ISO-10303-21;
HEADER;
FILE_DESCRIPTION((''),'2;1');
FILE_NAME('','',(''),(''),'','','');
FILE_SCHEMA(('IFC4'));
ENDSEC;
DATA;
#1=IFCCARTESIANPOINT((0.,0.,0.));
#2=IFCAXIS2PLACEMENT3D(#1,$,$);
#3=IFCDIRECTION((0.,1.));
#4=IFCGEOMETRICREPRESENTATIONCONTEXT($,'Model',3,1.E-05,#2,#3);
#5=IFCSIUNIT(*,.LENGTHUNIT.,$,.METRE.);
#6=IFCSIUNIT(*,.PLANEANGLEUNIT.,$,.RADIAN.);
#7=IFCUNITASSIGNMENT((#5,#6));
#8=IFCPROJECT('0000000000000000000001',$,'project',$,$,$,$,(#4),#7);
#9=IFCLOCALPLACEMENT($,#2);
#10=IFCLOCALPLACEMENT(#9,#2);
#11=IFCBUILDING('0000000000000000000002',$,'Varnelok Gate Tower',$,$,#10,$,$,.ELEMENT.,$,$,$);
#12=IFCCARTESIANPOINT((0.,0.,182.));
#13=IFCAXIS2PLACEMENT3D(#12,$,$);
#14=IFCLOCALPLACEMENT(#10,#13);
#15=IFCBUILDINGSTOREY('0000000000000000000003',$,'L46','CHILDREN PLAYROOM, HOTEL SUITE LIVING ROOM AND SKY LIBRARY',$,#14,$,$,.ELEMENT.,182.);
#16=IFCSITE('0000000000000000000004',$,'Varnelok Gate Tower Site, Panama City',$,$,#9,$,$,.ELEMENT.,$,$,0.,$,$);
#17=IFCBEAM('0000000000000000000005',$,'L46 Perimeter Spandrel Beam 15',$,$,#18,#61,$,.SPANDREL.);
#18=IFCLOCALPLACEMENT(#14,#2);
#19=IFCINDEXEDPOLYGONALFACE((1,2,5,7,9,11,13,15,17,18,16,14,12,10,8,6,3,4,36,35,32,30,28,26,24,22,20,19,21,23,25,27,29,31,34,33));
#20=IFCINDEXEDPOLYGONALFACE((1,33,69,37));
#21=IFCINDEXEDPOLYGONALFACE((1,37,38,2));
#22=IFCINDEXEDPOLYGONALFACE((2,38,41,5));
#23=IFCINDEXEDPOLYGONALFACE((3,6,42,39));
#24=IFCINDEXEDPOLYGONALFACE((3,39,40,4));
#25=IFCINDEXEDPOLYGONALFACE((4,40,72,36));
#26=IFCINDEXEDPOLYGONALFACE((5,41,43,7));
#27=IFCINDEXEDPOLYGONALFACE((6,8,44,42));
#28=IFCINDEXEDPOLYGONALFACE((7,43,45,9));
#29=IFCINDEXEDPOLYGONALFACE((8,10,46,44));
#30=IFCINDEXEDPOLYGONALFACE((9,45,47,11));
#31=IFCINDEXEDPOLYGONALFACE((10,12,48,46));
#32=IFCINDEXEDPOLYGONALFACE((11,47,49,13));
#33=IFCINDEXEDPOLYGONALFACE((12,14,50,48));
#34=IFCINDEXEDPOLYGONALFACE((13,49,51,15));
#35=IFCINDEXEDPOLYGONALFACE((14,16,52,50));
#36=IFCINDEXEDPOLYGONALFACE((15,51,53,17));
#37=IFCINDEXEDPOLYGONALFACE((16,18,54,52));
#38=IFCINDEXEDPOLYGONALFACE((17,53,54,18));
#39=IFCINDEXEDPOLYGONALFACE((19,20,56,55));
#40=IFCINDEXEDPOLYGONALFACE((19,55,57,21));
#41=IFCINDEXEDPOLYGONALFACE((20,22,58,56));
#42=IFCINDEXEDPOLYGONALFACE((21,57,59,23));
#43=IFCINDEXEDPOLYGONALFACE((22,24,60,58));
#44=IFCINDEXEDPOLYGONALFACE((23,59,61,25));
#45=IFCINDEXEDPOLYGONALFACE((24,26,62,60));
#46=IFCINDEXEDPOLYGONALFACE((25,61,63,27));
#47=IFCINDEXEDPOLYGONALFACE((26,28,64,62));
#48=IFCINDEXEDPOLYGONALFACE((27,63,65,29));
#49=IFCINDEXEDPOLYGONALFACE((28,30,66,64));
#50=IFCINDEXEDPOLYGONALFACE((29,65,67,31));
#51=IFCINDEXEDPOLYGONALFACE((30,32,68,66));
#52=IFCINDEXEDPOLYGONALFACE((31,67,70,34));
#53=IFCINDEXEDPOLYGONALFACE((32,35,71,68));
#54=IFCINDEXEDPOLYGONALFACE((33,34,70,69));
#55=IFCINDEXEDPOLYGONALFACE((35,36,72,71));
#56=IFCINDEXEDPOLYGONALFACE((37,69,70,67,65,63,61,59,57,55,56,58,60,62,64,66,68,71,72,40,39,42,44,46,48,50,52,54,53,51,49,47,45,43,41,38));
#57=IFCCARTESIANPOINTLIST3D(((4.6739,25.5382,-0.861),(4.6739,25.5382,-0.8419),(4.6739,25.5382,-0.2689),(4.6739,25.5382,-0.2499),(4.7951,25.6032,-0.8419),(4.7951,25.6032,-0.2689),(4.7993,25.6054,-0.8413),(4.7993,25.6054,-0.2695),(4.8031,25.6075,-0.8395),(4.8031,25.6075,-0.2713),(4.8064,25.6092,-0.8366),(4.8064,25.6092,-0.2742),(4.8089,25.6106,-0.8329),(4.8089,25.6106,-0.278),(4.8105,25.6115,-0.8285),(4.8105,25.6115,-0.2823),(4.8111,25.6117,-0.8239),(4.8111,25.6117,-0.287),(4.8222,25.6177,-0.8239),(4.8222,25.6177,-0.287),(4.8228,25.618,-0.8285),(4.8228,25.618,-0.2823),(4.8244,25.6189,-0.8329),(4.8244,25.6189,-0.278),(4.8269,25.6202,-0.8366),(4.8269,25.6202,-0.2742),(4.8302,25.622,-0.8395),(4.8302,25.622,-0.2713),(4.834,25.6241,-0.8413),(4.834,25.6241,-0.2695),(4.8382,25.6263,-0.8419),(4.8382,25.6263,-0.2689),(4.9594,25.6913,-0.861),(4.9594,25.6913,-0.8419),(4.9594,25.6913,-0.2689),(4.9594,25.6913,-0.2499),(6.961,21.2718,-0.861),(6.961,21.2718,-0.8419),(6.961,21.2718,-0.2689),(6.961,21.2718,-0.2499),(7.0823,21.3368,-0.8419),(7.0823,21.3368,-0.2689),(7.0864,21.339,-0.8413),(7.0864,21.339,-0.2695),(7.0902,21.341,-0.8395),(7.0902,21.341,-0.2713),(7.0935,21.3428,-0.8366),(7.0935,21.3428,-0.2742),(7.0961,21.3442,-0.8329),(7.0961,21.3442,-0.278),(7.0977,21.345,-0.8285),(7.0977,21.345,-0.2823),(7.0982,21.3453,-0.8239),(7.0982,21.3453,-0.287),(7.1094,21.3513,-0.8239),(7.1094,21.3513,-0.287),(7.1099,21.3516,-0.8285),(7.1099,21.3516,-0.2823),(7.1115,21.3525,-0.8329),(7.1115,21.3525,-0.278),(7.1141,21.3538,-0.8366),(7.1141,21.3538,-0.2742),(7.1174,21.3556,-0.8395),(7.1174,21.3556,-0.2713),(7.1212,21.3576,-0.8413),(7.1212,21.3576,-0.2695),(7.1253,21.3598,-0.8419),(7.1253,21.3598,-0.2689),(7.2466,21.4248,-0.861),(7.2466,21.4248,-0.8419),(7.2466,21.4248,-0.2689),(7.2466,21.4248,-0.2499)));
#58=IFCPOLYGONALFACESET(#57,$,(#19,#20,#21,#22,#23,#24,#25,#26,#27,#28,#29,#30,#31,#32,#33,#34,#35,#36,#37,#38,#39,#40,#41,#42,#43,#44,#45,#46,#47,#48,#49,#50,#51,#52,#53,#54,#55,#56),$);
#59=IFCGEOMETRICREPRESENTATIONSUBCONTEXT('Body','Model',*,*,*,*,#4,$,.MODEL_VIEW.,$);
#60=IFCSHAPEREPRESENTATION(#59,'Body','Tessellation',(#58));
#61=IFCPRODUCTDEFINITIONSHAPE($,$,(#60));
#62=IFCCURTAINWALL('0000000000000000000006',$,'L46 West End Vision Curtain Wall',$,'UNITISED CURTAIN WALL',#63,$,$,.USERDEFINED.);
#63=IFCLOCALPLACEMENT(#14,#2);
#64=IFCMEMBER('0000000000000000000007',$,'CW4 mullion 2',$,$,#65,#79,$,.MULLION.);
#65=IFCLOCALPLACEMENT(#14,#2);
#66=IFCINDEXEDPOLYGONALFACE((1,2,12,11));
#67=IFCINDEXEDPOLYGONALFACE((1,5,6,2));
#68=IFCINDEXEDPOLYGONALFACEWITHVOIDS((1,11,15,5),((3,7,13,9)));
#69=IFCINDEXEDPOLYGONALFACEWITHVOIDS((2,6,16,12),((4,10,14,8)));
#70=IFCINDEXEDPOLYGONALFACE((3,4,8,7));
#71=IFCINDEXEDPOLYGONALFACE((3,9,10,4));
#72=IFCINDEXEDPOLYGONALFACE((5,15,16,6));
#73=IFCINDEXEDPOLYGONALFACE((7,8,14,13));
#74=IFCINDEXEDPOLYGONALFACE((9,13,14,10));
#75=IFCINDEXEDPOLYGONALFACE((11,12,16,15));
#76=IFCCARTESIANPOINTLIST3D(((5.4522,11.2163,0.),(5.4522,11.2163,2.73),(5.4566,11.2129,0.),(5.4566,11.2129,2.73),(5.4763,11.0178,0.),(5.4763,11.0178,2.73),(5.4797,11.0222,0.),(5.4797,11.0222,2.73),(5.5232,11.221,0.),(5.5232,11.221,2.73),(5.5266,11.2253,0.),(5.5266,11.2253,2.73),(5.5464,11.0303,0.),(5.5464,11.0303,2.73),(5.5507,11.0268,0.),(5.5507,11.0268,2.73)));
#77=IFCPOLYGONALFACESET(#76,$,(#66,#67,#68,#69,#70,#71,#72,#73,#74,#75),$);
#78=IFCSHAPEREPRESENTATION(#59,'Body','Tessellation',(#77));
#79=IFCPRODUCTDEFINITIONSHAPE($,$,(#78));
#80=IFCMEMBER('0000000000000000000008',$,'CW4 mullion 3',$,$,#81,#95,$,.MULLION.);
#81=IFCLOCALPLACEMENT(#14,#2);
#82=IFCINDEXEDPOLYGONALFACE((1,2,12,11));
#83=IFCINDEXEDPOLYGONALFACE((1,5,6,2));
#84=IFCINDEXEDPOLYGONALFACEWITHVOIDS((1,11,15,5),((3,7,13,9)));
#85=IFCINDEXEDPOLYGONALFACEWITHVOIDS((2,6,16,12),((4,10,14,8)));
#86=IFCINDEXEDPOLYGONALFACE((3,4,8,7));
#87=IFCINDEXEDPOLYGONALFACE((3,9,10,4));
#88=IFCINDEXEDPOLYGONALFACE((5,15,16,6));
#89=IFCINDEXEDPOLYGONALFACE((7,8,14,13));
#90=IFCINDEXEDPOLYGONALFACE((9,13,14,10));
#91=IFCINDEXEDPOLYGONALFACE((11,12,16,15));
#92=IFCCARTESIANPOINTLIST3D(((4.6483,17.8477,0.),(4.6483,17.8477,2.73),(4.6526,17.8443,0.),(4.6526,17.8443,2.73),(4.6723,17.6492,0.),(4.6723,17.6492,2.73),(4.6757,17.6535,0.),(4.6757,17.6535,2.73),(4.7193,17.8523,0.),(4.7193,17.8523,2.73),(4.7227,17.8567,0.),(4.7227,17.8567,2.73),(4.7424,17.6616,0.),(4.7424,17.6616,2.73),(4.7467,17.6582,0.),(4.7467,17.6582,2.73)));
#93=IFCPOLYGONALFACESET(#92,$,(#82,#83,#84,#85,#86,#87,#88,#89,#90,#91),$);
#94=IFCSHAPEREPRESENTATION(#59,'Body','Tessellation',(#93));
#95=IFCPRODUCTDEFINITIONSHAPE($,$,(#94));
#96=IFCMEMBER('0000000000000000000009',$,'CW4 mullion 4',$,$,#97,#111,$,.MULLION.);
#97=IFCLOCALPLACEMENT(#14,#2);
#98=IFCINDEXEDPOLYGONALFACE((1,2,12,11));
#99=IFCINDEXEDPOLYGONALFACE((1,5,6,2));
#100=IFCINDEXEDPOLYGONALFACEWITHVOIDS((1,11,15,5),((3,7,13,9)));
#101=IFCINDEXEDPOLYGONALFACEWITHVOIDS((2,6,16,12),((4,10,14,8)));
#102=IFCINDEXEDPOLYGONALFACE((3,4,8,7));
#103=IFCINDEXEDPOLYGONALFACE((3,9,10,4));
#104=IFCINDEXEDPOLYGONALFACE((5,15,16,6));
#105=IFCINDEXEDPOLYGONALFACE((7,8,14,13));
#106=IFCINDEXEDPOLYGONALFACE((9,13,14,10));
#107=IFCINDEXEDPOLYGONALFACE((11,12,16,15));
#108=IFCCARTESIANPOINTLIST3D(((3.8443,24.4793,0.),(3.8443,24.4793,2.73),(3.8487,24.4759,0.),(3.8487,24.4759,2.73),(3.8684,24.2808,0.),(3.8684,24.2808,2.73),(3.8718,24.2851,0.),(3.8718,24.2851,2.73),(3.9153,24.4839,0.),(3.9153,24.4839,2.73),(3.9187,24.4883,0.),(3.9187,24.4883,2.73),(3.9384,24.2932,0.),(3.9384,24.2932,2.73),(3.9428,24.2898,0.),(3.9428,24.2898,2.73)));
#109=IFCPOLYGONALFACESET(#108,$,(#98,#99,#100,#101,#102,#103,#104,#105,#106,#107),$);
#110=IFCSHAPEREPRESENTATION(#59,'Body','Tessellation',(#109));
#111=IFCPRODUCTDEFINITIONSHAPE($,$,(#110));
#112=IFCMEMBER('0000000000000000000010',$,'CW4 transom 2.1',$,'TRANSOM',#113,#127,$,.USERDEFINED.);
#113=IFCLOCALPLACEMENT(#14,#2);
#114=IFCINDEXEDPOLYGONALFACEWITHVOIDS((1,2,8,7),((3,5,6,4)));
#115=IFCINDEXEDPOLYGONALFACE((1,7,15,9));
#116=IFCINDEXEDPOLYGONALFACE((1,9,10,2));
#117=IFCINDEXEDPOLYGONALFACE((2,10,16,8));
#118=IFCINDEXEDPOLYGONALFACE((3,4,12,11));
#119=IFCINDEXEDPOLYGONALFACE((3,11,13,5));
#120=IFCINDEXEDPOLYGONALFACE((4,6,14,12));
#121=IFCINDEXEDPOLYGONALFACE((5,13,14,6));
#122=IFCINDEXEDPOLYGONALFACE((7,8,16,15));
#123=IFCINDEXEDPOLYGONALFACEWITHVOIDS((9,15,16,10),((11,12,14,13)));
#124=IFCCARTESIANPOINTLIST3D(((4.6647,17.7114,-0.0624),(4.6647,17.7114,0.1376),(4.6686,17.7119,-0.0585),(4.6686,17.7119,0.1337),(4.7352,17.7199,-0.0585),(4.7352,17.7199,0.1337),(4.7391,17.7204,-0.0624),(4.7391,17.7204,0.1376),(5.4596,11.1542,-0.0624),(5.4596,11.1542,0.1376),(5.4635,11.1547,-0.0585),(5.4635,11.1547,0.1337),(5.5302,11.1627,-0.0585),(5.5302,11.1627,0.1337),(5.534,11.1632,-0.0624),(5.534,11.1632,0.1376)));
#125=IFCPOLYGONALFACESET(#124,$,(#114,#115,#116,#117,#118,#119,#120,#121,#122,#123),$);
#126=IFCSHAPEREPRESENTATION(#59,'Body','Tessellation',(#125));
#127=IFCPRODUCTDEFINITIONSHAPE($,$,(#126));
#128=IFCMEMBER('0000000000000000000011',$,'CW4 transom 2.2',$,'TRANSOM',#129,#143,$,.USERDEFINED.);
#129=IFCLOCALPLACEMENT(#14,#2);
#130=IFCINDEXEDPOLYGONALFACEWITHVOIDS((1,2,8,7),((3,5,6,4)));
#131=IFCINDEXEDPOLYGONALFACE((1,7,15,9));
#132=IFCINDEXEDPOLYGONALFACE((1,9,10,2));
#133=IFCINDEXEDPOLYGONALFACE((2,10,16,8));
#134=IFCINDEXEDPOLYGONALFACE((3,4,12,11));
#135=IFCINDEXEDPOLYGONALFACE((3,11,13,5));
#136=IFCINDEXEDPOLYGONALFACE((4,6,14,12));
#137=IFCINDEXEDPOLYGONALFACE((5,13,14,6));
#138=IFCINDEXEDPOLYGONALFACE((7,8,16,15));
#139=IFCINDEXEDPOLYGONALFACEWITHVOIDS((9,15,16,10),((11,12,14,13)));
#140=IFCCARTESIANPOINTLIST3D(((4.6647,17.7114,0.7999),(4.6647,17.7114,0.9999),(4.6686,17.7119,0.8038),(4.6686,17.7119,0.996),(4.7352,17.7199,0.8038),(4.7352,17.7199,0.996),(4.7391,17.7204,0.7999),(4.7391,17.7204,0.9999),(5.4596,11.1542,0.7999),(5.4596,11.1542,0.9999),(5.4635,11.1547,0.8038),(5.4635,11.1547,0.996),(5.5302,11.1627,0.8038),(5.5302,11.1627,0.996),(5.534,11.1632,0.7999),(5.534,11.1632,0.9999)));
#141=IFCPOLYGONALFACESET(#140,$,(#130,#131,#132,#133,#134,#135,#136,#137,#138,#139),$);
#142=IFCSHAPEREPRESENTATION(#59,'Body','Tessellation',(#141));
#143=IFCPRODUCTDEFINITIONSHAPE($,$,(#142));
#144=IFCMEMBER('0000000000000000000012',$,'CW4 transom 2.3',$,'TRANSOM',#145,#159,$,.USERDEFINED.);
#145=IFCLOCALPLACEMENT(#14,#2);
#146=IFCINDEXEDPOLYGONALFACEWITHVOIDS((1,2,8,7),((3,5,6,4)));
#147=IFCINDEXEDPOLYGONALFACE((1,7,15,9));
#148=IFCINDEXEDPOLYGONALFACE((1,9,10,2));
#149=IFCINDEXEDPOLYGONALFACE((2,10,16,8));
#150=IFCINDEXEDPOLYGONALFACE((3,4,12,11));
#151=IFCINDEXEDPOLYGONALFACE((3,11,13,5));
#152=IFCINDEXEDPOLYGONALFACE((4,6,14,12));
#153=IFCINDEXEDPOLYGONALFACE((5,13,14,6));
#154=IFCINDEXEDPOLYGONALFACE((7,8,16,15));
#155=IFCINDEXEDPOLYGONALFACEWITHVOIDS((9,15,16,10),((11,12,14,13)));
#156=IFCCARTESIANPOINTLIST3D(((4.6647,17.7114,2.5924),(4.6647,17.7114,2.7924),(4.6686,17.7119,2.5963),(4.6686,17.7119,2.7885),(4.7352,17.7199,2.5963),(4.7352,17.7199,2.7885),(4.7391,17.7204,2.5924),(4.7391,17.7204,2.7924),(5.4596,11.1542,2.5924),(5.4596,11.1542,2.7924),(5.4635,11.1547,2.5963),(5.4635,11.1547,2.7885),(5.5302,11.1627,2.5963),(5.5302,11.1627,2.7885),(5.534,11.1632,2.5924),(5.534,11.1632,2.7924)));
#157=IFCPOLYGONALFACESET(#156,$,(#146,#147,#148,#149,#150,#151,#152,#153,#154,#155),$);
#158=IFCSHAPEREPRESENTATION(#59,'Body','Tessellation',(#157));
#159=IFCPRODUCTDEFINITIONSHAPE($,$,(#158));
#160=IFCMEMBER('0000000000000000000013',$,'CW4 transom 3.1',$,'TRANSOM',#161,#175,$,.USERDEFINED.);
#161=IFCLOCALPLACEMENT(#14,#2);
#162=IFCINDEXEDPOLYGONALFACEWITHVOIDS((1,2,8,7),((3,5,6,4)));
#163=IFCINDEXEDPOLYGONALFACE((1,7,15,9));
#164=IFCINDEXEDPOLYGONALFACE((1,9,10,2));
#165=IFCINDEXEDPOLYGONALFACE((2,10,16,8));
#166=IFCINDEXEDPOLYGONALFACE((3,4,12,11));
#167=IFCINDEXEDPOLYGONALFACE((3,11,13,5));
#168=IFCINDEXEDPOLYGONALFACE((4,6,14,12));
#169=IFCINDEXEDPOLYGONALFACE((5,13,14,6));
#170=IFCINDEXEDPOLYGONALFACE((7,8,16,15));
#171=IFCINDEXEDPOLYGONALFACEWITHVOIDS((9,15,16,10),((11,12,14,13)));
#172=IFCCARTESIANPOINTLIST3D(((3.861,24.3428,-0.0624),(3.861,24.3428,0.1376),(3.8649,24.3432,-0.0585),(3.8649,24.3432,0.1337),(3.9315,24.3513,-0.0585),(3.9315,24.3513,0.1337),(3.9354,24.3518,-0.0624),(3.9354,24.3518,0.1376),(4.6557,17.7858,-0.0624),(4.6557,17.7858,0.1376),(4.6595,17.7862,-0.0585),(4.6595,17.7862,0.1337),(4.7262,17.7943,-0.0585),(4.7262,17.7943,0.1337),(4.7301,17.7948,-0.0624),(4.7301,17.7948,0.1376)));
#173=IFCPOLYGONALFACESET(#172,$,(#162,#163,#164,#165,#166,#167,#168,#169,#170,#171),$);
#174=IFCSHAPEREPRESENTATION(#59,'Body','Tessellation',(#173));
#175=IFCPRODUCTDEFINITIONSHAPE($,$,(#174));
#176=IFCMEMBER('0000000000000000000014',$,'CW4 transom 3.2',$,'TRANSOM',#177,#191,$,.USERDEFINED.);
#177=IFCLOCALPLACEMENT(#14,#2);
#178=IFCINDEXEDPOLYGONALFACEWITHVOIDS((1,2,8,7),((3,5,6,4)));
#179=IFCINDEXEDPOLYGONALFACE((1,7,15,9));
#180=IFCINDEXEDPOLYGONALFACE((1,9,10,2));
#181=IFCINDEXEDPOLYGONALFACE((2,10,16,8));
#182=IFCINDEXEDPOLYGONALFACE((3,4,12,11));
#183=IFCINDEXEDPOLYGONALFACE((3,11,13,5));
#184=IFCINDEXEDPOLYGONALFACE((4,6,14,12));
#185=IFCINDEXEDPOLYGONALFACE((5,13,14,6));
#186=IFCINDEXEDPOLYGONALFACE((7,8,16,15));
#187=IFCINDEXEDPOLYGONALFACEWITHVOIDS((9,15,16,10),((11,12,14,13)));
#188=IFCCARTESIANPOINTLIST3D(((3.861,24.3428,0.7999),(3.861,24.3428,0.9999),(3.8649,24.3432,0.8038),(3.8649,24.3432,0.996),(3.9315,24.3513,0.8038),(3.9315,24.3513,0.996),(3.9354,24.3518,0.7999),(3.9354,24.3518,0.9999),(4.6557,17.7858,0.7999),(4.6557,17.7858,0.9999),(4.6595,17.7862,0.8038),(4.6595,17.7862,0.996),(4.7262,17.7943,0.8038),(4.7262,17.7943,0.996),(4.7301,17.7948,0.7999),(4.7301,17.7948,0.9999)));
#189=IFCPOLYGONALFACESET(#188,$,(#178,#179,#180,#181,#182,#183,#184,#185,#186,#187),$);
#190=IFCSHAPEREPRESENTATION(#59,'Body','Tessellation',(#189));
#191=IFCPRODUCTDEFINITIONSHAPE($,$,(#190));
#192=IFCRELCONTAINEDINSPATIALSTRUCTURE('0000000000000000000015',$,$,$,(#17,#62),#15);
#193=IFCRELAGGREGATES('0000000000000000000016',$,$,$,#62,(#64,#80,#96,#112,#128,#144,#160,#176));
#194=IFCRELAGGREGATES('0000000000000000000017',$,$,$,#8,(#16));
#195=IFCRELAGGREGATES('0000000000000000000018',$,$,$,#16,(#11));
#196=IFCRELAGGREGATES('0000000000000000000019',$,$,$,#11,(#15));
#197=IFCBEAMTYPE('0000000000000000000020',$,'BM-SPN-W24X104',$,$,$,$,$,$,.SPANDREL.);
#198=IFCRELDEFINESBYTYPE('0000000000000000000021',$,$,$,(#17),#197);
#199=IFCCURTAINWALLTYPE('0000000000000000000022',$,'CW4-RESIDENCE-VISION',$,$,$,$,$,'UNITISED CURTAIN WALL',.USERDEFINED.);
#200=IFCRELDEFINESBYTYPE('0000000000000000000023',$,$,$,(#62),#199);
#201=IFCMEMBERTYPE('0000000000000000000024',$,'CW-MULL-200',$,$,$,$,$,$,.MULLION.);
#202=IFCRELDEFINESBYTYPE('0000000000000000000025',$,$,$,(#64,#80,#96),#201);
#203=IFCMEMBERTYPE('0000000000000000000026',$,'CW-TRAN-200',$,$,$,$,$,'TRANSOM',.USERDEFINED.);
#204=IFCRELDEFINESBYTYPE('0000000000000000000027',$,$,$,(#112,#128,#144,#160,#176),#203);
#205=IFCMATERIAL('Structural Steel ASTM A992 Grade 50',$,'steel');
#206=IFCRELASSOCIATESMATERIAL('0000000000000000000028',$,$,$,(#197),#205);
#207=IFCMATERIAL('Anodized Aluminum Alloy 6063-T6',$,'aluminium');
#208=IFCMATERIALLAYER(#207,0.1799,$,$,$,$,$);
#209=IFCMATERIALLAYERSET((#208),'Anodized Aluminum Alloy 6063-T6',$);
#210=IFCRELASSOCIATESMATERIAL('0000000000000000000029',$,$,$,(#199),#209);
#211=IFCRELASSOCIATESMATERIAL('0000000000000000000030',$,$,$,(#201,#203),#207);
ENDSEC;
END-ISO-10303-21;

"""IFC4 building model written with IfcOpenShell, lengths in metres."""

from ifc_helpers import new_model, si_unit, direction, frame, origin, origin_2d, place, context, subcontext, project, spatial, hollow_rectangle, i_section, extrude, material, layer, layer_set, material_profile, profile_set, type_object, element, aggregate, save


model = new_model("IFC4")

# Units and contexts
model_context = context("Model", 3, precision=1e-05, world=origin(), true_north=direction((0.0, 1.0)))
body_context = subcontext(model_context, "Body", "Model", "MODEL_VIEW")
ifc_project = project(units=[si_unit("LENGTHUNIT", "METRE"), si_unit("PLANEANGLEUNIT", "RADIAN")], contexts=[model_context])

# Site, building, storey
site_placement = place(None, origin())
site = spatial("IfcSite", under=ifc_project, at=site_placement, Name="Varnelok Gate Tower Site, Panama City", CompositionType="ELEMENT", RefElevation=0.0)
building_placement = place(site_placement, origin())
building = spatial("IfcBuilding", under=site, at=building_placement, Name="Varnelok Gate Tower", CompositionType="ELEMENT")
storey_placement = place(building_placement, frame((0.0, 0.0, 182.0)))
storey = spatial("IfcBuildingStorey", under=building, at=storey_placement, Name="L46", Description="CHILDREN PLAYROOM, HOTEL SUITE LIVING ROOM AND SKY LIBRARY", CompositionType="ELEMENT", Elevation=182.0)

# Beam
ifc_material_1 = material(Name="Structural Steel ASTM A992 Grade 50", Category="steel")
ifc_material_profile_1 = material_profile(ifc_material_1, i_section(OverallWidth=0.324, OverallDepth=0.6111, WebThickness=0.0127, FlangeThickness=0.019, FilletRadius=0.0181, at=origin_2d()), Name="W24X104")
ifc_profile_set_1 = profile_set([ifc_material_profile_1], Name="Structural Steel ASTM A992 Grade 50")
beam_type = type_object("IfcBeamType", Name="BM-SPN-W24X104", PredefinedType="SPANDREL", material=ifc_profile_set_1)
beam_placement = place(storey_placement, frame((4.8167, 25.6147, -0.5554), z_axis=(0.472472, -0.881346, 0.0), x_axis=(0.881346, 0.472472, 0.0)))
element("IfcBeam", 1, at=beam_placement, inside=storey, type_object=beam_type, Name="L46 Perimeter Spandrel Beam 15", PredefinedType="SPANDREL", context=body_context, shape_type="SweptSolid", body=[
    extrude(i_section(OverallWidth=0.324, OverallDepth=0.6111, WebThickness=0.0127, FlangeThickness=0.019, FilletRadius=0.0181, at=origin_2d()), origin(), (0.0, 0.0, 1.0), 4.8408),
])

# Curtain wall, members
ifc_material_2 = material(Name="Anodized Aluminum Alloy 6063-T6", Category="aluminium")
ifc_layer_1 = layer(ifc_material_2, 0.1799)
ifc_layer_set_1 = layer_set([ifc_layer_1], Name="Anodized Aluminum Alloy 6063-T6")
curtain_wall_type = type_object("IfcCurtainWallType", Name="CW4-RESIDENCE-VISION", ElementType="UNITISED CURTAIN WALL", PredefinedType="USERDEFINED", material=ifc_layer_set_1)
curtain_wall_placement = place(storey_placement, origin())
curtain_wall = element("IfcCurtainWall", 2, at=curtain_wall_placement, inside=storey, type_object=curtain_wall_type, Name="L46 West End Vision Curtain Wall", ObjectType="UNITISED CURTAIN WALL", PredefinedType="USERDEFINED")
ifc_material_profile_2 = material_profile(ifc_material_2, hollow_rectangle(XDim=0.075, YDim=0.2, WallThickness=0.0039, at=origin_2d()), Name="ALU200X75X4")
ifc_profile_set_2 = profile_set([ifc_material_profile_2], Name="Anodized Aluminum Alloy 6063-T6")
member_type_1 = type_object("IfcMemberType", Name="CW-MULL-200", PredefinedType="MULLION", material=ifc_profile_set_2)
member_1_placement = place(storey_placement, frame((5.5015, 11.1216, 0.0), z_axis=(0.0, 0.0, 1.0), x_axis=(-0.992732, -0.120345, 0.0)))
member_1 = element("IfcMember", 3, at=member_1_placement, type_object=member_type_1, Name="CW4 mullion 2", PredefinedType="MULLION", context=body_context, shape_type="SweptSolid", body=[
    extrude(hollow_rectangle(XDim=0.075, YDim=0.2, WallThickness=0.0039, at=origin_2d()), origin(), (0.0, 0.0, 1.0), 2.73),
])
member_2_placement = place(storey_placement, frame((4.6975, 17.7529, 0.0), z_axis=(0.0, 0.0, 1.0), x_axis=(-0.992732, -0.120345, 0.0)))
member_2 = element("IfcMember", 4, at=member_2_placement, type_object=member_type_1, Name="CW4 mullion 3", PredefinedType="MULLION", context=body_context, shape_type="SweptSolid", body=[
    extrude(hollow_rectangle(XDim=0.075, YDim=0.2, WallThickness=0.0039, at=origin_2d()), origin(), (0.0, 0.0, 1.0), 2.73),
])
member_3_placement = place(storey_placement, frame((3.8936, 24.3845, 0.0), z_axis=(0.0, 0.0, 1.0), x_axis=(-0.992732, -0.120345, 0.0)))
member_3 = element("IfcMember", 5, at=member_3_placement, type_object=member_type_1, Name="CW4 mullion 4", PredefinedType="MULLION", context=body_context, shape_type="SweptSolid", body=[
    extrude(hollow_rectangle(XDim=0.075, YDim=0.2, WallThickness=0.0039, at=origin_2d()), origin(), (0.0, 0.0, 1.0), 2.73),
])
ifc_material_profile_3 = material_profile(ifc_material_2, hollow_rectangle(XDim=0.075, YDim=0.2, WallThickness=0.0039, at=origin_2d()), Name="ALU200X75X4")
ifc_profile_set_3 = profile_set([ifc_material_profile_3], Name="Anodized Aluminum Alloy 6063-T6")
member_type_2 = type_object("IfcMemberType", Name="CW-TRAN-200", ElementType="TRANSOM", PredefinedType="USERDEFINED", material=ifc_profile_set_3)
member_4_placement = place(storey_placement, frame((5.4968, 11.1587, 0.0376), z_axis=(-0.120349, 0.992732, 0.0), x_axis=(-0.992732, -0.120349, 0.0)))
member_4 = element("IfcMember", 6, at=member_4_placement, type_object=member_type_2, Name="CW4 transom 2.1", ObjectType="TRANSOM", PredefinedType="USERDEFINED", context=body_context, shape_type="SweptSolid", body=[
    extrude(hollow_rectangle(XDim=0.075, YDim=0.2, WallThickness=0.0039, at=origin_2d()), origin(), (0.0, 0.0, 1.0), 6.6052),
])
member_5_placement = place(storey_placement, frame((5.4968, 11.1587, 0.8999), z_axis=(-0.120349, 0.992732, 0.0), x_axis=(-0.992732, -0.120349, 0.0)))
member_5 = element("IfcMember", 7, at=member_5_placement, type_object=member_type_2, Name="CW4 transom 2.2", ObjectType="TRANSOM", PredefinedType="USERDEFINED", context=body_context, shape_type="SweptSolid", body=[
    extrude(hollow_rectangle(XDim=0.075, YDim=0.2, WallThickness=0.0039, at=origin_2d()), origin(), (0.0, 0.0, 1.0), 6.6052),
])
member_6_placement = place(storey_placement, frame((5.4968, 11.1587, 2.6924), z_axis=(-0.120349, 0.992732, 0.0), x_axis=(-0.992732, -0.120349, 0.0)))
member_6 = element("IfcMember", 8, at=member_6_placement, type_object=member_type_2, Name="CW4 transom 2.3", ObjectType="TRANSOM", PredefinedType="USERDEFINED", context=body_context, shape_type="SweptSolid", body=[
    extrude(hollow_rectangle(XDim=0.075, YDim=0.2, WallThickness=0.0039, at=origin_2d()), origin(), (0.0, 0.0, 1.0), 6.6052),
])
member_7_placement = place(storey_placement, frame((4.6929, 17.7903, 0.0376), z_axis=(-0.120317, 0.992736, 0.0), x_axis=(-0.992736, -0.120317, 0.0)))
member_7 = element("IfcMember", 9, at=member_7_placement, type_object=member_type_2, Name="CW4 transom 3.1", ObjectType="TRANSOM", PredefinedType="USERDEFINED", context=body_context, shape_type="SweptSolid", body=[
    extrude(hollow_rectangle(XDim=0.075, YDim=0.2, WallThickness=0.0039, at=origin_2d()), origin(), (0.0, 0.0, 1.0), 6.605),
])
member_8_placement = place(storey_placement, frame((4.6929, 17.7903, 0.8999), z_axis=(-0.120317, 0.992736, 0.0), x_axis=(-0.992736, -0.120317, 0.0)))
member_8 = element("IfcMember", 10, at=member_8_placement, type_object=member_type_2, Name="CW4 transom 3.2", ObjectType="TRANSOM", PredefinedType="USERDEFINED", context=body_context, shape_type="SweptSolid", body=[
    extrude(hollow_rectangle(XDim=0.075, YDim=0.2, WallThickness=0.0039, at=origin_2d()), origin(), (0.0, 0.0, 1.0), 6.605),
])
aggregate(curtain_wall, [member_1, member_2, member_3, member_4, member_5, member_6, member_7, member_8])

save(model, "model.ifc")
